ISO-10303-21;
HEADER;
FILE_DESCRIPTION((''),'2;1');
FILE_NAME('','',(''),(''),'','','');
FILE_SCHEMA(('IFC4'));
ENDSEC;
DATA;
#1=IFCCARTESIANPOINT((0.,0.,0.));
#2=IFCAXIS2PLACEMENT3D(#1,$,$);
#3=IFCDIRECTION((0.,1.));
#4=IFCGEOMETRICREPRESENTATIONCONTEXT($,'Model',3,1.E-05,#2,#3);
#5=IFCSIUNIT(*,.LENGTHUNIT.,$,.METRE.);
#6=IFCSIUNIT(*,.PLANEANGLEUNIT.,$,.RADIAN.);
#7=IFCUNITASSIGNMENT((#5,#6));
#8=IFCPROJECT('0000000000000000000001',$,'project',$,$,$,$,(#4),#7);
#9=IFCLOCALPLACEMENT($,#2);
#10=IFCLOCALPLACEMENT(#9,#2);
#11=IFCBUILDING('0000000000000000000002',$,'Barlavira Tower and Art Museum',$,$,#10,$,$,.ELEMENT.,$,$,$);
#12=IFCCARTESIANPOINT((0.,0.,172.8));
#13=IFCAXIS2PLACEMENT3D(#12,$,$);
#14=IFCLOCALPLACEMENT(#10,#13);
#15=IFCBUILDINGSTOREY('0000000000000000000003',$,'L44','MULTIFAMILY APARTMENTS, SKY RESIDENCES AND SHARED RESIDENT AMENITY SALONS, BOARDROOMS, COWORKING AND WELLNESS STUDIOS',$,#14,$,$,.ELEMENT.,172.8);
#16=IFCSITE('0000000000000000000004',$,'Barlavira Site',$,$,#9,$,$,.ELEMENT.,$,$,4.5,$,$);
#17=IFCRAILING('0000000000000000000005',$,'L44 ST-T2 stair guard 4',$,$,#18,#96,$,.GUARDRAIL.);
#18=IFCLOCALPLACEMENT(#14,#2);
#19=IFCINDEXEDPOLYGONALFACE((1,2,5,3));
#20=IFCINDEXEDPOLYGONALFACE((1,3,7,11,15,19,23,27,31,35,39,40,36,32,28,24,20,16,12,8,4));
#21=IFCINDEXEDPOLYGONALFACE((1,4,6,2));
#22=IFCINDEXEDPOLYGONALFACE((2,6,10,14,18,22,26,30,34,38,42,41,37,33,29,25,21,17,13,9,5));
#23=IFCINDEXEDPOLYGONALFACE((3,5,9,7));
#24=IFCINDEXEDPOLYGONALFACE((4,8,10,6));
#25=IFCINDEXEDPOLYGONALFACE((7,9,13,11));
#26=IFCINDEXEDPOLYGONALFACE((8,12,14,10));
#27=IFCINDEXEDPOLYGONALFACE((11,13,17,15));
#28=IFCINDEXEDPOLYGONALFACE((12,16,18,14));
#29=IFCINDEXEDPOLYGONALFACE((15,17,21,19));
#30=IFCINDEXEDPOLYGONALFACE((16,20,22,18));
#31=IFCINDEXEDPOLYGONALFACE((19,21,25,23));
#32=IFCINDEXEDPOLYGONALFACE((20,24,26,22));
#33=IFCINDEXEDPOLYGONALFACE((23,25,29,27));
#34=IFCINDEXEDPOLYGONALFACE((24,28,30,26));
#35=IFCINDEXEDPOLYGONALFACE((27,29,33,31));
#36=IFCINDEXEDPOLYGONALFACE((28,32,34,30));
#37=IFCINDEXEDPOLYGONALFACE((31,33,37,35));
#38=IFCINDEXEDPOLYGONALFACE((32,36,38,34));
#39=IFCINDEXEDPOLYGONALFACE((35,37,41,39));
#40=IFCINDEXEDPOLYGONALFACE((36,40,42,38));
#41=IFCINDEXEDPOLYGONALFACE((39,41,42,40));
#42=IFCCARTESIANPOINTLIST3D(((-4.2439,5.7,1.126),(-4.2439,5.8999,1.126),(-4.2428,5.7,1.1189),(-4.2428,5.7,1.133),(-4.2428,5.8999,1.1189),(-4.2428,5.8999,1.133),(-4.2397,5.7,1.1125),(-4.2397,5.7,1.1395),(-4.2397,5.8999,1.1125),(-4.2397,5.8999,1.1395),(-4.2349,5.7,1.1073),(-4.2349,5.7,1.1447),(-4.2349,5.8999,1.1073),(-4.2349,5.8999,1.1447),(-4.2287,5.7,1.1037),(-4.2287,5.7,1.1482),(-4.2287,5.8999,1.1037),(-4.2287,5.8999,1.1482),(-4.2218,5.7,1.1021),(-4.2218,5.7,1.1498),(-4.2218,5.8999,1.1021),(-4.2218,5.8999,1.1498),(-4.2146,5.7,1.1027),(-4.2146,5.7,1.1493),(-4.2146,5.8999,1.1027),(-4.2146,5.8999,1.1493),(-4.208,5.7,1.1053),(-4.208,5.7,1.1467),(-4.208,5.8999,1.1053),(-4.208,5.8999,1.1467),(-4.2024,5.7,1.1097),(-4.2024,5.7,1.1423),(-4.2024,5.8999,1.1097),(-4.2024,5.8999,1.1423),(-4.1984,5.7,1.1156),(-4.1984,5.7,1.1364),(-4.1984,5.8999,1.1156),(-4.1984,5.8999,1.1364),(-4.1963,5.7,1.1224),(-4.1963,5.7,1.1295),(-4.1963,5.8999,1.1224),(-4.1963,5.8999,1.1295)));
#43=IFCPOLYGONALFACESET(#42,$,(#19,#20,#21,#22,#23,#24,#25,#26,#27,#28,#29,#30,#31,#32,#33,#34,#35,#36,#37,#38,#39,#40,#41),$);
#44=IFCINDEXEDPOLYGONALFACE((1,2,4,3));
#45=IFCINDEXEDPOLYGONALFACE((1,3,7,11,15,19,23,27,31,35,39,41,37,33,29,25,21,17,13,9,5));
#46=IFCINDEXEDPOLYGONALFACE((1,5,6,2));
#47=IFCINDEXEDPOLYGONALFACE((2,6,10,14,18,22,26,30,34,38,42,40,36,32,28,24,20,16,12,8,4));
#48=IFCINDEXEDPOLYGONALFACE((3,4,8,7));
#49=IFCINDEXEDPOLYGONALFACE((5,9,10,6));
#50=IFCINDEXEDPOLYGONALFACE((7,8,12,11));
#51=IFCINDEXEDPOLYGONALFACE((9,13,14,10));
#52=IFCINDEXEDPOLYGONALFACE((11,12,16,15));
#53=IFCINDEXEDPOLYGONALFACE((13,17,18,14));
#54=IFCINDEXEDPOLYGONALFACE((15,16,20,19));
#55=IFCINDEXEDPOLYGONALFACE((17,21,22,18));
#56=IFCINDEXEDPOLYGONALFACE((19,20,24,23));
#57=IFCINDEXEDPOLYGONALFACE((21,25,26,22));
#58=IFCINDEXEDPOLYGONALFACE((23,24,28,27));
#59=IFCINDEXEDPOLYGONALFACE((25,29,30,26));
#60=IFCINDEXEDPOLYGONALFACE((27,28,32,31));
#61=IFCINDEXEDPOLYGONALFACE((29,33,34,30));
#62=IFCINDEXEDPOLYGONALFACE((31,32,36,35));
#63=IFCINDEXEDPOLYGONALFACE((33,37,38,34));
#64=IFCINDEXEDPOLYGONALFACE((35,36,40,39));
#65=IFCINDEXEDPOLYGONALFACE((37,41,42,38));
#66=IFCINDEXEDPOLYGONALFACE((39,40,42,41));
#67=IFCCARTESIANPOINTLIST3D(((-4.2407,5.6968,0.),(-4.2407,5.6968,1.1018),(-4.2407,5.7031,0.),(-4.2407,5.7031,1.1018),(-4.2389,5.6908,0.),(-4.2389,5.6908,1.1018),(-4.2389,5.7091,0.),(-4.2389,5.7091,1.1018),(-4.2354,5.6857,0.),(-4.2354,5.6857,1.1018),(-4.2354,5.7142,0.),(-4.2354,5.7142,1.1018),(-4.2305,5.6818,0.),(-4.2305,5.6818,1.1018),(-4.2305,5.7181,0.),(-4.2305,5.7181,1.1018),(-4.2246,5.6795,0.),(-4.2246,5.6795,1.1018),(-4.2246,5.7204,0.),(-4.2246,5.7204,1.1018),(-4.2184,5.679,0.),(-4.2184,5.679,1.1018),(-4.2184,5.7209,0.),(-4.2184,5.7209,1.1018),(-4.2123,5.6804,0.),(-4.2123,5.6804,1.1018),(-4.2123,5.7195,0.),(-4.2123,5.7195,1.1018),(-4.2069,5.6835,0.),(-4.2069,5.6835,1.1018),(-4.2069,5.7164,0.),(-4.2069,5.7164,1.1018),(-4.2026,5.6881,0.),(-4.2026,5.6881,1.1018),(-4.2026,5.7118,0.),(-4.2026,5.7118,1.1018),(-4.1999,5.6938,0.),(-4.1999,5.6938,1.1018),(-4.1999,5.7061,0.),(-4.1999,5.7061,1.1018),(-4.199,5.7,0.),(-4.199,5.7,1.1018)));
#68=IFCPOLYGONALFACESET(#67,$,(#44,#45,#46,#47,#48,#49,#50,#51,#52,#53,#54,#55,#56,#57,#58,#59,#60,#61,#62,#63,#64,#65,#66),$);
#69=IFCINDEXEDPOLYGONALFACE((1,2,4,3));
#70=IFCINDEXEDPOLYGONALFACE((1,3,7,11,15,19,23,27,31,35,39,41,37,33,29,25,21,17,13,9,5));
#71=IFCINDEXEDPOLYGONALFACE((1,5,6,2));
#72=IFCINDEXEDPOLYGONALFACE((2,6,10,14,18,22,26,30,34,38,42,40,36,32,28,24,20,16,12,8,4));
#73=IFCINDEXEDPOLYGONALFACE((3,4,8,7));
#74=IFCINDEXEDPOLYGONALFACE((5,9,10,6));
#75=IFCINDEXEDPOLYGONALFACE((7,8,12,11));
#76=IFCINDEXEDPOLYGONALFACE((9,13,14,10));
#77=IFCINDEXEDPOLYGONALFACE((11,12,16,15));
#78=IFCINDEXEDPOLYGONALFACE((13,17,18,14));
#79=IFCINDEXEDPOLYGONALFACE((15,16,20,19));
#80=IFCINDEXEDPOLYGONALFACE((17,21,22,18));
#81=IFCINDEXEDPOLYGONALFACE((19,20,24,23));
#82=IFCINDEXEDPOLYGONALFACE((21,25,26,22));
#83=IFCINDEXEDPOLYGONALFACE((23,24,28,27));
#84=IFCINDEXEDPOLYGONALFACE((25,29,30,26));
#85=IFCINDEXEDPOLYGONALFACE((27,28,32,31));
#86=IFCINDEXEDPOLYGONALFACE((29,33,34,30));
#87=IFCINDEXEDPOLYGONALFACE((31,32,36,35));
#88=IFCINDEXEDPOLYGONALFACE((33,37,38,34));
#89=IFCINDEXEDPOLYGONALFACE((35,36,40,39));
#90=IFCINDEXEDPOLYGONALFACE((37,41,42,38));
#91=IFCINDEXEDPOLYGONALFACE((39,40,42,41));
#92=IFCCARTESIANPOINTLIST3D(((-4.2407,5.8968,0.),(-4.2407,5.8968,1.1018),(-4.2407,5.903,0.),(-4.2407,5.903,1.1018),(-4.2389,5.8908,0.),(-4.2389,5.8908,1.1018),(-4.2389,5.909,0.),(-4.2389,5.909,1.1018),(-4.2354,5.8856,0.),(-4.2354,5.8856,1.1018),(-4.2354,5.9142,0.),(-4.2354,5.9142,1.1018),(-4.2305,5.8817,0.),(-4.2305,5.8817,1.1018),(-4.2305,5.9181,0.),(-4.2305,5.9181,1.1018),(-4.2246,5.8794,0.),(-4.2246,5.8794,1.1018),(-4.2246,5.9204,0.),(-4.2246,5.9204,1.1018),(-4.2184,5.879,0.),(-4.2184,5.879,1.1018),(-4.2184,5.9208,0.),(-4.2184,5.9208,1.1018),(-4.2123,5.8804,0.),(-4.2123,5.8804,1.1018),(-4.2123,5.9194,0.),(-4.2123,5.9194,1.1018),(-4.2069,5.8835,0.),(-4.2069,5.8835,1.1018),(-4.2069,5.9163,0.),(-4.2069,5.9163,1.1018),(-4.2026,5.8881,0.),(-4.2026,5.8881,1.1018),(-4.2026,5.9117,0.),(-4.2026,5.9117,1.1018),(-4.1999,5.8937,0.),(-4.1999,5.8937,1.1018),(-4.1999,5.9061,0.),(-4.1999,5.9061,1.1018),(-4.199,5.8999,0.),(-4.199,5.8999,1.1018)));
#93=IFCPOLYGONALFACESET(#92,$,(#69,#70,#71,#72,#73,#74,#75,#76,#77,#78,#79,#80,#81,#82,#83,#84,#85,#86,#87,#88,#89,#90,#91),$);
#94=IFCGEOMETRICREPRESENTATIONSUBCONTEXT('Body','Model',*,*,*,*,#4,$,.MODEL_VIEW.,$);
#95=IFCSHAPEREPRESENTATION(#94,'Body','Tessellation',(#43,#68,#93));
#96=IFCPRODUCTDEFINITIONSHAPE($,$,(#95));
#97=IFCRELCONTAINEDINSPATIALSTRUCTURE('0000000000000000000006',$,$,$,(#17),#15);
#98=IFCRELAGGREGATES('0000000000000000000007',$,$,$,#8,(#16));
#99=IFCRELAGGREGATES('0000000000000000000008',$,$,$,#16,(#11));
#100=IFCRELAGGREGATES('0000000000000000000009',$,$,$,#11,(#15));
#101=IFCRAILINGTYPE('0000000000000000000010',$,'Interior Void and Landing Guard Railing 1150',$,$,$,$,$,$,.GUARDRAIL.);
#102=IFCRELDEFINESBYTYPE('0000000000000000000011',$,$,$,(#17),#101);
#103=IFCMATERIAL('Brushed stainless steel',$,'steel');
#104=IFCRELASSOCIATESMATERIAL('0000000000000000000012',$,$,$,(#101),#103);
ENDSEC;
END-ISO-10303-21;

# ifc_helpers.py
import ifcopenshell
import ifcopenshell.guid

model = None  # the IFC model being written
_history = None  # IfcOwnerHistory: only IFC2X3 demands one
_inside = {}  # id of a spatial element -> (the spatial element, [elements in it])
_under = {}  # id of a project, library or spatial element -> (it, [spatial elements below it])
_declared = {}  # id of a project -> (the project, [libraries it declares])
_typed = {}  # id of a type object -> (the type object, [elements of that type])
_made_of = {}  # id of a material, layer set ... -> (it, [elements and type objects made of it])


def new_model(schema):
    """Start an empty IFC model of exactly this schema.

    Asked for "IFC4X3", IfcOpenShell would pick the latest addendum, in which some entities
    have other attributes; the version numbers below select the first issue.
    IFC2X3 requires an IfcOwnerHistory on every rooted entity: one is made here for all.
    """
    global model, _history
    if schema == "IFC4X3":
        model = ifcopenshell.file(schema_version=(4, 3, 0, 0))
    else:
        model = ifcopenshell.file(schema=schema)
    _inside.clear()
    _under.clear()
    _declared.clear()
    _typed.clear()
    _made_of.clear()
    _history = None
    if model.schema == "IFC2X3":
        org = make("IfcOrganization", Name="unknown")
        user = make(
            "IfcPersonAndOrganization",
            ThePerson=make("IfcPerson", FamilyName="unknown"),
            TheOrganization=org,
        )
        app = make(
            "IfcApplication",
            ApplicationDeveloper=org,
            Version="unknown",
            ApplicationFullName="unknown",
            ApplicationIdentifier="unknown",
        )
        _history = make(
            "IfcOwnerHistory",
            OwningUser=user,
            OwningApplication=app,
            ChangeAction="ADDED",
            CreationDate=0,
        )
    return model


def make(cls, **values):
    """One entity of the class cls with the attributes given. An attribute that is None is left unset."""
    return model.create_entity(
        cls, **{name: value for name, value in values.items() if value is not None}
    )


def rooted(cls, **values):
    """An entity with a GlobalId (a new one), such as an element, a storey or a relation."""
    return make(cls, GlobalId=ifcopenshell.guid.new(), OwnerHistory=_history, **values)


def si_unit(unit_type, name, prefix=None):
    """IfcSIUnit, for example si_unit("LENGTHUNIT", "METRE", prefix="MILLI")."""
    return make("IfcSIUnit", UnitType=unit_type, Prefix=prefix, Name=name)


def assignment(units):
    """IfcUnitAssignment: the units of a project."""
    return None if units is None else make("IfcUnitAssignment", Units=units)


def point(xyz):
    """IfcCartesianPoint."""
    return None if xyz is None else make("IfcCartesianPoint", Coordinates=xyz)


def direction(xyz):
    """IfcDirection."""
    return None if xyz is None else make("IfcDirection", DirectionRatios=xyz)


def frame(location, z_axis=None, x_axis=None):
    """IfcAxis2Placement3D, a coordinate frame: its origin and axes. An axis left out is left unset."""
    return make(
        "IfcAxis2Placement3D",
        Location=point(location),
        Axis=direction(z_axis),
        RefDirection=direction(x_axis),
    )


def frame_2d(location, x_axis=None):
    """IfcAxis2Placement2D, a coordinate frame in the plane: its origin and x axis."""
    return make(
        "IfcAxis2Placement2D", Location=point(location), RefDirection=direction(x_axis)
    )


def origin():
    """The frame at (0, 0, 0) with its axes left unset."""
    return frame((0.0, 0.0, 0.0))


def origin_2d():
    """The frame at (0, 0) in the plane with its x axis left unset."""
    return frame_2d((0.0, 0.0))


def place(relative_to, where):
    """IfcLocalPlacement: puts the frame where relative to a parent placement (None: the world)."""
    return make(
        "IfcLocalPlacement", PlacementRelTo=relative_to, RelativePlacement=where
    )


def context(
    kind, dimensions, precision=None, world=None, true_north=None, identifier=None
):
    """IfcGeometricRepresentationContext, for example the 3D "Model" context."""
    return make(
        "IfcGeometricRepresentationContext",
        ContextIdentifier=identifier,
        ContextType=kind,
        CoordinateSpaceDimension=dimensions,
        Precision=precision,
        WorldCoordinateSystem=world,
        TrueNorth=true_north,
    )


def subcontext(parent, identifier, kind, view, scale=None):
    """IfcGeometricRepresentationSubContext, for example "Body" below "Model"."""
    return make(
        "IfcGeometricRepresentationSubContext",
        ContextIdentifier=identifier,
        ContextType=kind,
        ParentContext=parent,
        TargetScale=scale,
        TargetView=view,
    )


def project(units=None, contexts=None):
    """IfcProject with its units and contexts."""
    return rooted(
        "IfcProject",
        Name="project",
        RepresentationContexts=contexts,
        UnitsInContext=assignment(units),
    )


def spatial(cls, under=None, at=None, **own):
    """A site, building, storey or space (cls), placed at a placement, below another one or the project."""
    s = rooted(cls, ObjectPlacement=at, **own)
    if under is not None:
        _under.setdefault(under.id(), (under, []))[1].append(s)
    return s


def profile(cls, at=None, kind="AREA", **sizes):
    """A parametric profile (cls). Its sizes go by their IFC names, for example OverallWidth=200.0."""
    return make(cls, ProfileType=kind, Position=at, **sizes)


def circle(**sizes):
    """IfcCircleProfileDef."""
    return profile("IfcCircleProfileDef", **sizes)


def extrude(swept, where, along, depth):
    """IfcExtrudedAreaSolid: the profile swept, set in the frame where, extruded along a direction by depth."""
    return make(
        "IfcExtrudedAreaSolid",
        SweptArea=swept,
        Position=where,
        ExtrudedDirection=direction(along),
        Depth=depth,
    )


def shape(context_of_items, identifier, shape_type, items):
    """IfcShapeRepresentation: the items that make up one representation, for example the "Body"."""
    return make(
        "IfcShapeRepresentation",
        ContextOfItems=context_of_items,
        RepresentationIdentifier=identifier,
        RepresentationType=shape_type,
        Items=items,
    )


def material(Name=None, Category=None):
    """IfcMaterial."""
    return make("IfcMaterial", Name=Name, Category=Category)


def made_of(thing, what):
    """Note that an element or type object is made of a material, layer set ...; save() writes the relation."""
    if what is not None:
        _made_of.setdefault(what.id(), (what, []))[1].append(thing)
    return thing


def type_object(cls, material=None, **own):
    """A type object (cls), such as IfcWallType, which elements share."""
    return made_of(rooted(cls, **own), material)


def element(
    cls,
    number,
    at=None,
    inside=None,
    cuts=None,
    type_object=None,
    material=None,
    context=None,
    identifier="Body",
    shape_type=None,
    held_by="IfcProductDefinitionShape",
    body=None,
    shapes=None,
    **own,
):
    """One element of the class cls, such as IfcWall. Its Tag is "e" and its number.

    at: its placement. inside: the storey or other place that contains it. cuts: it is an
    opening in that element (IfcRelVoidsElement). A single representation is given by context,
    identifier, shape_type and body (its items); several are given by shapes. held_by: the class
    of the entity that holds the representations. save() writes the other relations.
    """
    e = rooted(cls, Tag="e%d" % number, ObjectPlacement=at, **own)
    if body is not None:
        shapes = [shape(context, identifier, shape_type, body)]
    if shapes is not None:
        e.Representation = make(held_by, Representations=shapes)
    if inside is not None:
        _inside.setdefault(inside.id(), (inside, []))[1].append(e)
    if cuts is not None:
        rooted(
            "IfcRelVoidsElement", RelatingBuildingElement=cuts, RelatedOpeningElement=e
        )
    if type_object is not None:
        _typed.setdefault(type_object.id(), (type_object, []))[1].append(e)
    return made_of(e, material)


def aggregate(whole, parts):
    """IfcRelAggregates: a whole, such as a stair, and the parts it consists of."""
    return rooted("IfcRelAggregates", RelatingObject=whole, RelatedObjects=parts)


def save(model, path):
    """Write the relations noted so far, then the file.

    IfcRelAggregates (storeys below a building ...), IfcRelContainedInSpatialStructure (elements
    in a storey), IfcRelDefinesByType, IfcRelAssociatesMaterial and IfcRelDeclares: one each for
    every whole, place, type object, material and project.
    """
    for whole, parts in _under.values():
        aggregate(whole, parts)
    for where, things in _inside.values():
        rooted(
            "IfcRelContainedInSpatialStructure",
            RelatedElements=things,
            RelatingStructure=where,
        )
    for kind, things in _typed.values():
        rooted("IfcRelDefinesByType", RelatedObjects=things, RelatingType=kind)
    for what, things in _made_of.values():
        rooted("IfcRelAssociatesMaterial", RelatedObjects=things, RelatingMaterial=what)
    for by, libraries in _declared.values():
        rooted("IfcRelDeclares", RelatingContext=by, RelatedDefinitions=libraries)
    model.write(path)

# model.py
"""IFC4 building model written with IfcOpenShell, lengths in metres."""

from ifc_helpers import new_model, si_unit, direction, frame, origin, origin_2d, place, context, subcontext, project, spatial, circle, extrude, material, type_object, element, save


model = new_model("IFC4")

# Units and contexts
model_context = context("Model", 3, precision=1e-05, world=origin(), true_north=direction((0.0, 1.0)))
body_context = subcontext(model_context, "Body", "Model", "MODEL_VIEW")
ifc_project = project(units=[si_unit("LENGTHUNIT", "METRE"), si_unit("PLANEANGLEUNIT", "RADIAN")], contexts=[model_context])

# Site, building, storey
site_placement = place(None, origin())
site = spatial("IfcSite", under=ifc_project, at=site_placement, Name="Barlavira Site", CompositionType="ELEMENT", RefElevation=4.5)
building_placement = place(site_placement, origin())
building = spatial("IfcBuilding", under=site, at=building_placement, Name="Barlavira Tower and Art Museum", CompositionType="ELEMENT")
storey_placement = place(building_placement, frame((0.0, 0.0, 172.8)))
storey = spatial("IfcBuildingStorey", under=building, at=storey_placement, Name="L44", Description="MULTIFAMILY APARTMENTS, SKY RESIDENCES AND SHARED RESIDENT AMENITY SALONS, BOARDROOMS, COWORKING AND WELLNESS STUDIOS", CompositionType="ELEMENT", Elevation=172.8)

# Shared definitions
ifc_material_1 = material(Name="Brushed stainless steel", Category="steel")

# Railing
railing_type_1 = type_object("IfcRailingType", Name="Interior Void and Landing Guard Railing 1150", PredefinedType="GUARDRAIL", material=ifc_material_1)
railing_1_placement = place(storey_placement, frame((-4.22, 5.7, 0.0)))
element("IfcRailing", 1, at=railing_1_placement, inside=storey, type_object=railing_type_1, Name="L44 ST-T2 stair guard 4", PredefinedType="GUARDRAIL", context=body_context, shape_type="SweptSolid", body=[
    extrude(circle(Radius=0.0239, at=origin_2d()), frame((0.0, 0.0, 1.126), z_axis=(0.0, 1.0, 0.0), x_axis=(-1.0, 0.0, 0.0)), (0.0, 0.0, 1.0), 0.2),
    extrude(circle(Radius=0.021, at=origin_2d()), origin(), (0.0, 0.0, 1.0), 1.1018),
    extrude(circle(Radius=0.021, at=origin_2d()), frame((0.0, 0.2, 0.0)), (0.0, 0.0, 1.0), 1.1018),
])

save(model, "model.ifc")
